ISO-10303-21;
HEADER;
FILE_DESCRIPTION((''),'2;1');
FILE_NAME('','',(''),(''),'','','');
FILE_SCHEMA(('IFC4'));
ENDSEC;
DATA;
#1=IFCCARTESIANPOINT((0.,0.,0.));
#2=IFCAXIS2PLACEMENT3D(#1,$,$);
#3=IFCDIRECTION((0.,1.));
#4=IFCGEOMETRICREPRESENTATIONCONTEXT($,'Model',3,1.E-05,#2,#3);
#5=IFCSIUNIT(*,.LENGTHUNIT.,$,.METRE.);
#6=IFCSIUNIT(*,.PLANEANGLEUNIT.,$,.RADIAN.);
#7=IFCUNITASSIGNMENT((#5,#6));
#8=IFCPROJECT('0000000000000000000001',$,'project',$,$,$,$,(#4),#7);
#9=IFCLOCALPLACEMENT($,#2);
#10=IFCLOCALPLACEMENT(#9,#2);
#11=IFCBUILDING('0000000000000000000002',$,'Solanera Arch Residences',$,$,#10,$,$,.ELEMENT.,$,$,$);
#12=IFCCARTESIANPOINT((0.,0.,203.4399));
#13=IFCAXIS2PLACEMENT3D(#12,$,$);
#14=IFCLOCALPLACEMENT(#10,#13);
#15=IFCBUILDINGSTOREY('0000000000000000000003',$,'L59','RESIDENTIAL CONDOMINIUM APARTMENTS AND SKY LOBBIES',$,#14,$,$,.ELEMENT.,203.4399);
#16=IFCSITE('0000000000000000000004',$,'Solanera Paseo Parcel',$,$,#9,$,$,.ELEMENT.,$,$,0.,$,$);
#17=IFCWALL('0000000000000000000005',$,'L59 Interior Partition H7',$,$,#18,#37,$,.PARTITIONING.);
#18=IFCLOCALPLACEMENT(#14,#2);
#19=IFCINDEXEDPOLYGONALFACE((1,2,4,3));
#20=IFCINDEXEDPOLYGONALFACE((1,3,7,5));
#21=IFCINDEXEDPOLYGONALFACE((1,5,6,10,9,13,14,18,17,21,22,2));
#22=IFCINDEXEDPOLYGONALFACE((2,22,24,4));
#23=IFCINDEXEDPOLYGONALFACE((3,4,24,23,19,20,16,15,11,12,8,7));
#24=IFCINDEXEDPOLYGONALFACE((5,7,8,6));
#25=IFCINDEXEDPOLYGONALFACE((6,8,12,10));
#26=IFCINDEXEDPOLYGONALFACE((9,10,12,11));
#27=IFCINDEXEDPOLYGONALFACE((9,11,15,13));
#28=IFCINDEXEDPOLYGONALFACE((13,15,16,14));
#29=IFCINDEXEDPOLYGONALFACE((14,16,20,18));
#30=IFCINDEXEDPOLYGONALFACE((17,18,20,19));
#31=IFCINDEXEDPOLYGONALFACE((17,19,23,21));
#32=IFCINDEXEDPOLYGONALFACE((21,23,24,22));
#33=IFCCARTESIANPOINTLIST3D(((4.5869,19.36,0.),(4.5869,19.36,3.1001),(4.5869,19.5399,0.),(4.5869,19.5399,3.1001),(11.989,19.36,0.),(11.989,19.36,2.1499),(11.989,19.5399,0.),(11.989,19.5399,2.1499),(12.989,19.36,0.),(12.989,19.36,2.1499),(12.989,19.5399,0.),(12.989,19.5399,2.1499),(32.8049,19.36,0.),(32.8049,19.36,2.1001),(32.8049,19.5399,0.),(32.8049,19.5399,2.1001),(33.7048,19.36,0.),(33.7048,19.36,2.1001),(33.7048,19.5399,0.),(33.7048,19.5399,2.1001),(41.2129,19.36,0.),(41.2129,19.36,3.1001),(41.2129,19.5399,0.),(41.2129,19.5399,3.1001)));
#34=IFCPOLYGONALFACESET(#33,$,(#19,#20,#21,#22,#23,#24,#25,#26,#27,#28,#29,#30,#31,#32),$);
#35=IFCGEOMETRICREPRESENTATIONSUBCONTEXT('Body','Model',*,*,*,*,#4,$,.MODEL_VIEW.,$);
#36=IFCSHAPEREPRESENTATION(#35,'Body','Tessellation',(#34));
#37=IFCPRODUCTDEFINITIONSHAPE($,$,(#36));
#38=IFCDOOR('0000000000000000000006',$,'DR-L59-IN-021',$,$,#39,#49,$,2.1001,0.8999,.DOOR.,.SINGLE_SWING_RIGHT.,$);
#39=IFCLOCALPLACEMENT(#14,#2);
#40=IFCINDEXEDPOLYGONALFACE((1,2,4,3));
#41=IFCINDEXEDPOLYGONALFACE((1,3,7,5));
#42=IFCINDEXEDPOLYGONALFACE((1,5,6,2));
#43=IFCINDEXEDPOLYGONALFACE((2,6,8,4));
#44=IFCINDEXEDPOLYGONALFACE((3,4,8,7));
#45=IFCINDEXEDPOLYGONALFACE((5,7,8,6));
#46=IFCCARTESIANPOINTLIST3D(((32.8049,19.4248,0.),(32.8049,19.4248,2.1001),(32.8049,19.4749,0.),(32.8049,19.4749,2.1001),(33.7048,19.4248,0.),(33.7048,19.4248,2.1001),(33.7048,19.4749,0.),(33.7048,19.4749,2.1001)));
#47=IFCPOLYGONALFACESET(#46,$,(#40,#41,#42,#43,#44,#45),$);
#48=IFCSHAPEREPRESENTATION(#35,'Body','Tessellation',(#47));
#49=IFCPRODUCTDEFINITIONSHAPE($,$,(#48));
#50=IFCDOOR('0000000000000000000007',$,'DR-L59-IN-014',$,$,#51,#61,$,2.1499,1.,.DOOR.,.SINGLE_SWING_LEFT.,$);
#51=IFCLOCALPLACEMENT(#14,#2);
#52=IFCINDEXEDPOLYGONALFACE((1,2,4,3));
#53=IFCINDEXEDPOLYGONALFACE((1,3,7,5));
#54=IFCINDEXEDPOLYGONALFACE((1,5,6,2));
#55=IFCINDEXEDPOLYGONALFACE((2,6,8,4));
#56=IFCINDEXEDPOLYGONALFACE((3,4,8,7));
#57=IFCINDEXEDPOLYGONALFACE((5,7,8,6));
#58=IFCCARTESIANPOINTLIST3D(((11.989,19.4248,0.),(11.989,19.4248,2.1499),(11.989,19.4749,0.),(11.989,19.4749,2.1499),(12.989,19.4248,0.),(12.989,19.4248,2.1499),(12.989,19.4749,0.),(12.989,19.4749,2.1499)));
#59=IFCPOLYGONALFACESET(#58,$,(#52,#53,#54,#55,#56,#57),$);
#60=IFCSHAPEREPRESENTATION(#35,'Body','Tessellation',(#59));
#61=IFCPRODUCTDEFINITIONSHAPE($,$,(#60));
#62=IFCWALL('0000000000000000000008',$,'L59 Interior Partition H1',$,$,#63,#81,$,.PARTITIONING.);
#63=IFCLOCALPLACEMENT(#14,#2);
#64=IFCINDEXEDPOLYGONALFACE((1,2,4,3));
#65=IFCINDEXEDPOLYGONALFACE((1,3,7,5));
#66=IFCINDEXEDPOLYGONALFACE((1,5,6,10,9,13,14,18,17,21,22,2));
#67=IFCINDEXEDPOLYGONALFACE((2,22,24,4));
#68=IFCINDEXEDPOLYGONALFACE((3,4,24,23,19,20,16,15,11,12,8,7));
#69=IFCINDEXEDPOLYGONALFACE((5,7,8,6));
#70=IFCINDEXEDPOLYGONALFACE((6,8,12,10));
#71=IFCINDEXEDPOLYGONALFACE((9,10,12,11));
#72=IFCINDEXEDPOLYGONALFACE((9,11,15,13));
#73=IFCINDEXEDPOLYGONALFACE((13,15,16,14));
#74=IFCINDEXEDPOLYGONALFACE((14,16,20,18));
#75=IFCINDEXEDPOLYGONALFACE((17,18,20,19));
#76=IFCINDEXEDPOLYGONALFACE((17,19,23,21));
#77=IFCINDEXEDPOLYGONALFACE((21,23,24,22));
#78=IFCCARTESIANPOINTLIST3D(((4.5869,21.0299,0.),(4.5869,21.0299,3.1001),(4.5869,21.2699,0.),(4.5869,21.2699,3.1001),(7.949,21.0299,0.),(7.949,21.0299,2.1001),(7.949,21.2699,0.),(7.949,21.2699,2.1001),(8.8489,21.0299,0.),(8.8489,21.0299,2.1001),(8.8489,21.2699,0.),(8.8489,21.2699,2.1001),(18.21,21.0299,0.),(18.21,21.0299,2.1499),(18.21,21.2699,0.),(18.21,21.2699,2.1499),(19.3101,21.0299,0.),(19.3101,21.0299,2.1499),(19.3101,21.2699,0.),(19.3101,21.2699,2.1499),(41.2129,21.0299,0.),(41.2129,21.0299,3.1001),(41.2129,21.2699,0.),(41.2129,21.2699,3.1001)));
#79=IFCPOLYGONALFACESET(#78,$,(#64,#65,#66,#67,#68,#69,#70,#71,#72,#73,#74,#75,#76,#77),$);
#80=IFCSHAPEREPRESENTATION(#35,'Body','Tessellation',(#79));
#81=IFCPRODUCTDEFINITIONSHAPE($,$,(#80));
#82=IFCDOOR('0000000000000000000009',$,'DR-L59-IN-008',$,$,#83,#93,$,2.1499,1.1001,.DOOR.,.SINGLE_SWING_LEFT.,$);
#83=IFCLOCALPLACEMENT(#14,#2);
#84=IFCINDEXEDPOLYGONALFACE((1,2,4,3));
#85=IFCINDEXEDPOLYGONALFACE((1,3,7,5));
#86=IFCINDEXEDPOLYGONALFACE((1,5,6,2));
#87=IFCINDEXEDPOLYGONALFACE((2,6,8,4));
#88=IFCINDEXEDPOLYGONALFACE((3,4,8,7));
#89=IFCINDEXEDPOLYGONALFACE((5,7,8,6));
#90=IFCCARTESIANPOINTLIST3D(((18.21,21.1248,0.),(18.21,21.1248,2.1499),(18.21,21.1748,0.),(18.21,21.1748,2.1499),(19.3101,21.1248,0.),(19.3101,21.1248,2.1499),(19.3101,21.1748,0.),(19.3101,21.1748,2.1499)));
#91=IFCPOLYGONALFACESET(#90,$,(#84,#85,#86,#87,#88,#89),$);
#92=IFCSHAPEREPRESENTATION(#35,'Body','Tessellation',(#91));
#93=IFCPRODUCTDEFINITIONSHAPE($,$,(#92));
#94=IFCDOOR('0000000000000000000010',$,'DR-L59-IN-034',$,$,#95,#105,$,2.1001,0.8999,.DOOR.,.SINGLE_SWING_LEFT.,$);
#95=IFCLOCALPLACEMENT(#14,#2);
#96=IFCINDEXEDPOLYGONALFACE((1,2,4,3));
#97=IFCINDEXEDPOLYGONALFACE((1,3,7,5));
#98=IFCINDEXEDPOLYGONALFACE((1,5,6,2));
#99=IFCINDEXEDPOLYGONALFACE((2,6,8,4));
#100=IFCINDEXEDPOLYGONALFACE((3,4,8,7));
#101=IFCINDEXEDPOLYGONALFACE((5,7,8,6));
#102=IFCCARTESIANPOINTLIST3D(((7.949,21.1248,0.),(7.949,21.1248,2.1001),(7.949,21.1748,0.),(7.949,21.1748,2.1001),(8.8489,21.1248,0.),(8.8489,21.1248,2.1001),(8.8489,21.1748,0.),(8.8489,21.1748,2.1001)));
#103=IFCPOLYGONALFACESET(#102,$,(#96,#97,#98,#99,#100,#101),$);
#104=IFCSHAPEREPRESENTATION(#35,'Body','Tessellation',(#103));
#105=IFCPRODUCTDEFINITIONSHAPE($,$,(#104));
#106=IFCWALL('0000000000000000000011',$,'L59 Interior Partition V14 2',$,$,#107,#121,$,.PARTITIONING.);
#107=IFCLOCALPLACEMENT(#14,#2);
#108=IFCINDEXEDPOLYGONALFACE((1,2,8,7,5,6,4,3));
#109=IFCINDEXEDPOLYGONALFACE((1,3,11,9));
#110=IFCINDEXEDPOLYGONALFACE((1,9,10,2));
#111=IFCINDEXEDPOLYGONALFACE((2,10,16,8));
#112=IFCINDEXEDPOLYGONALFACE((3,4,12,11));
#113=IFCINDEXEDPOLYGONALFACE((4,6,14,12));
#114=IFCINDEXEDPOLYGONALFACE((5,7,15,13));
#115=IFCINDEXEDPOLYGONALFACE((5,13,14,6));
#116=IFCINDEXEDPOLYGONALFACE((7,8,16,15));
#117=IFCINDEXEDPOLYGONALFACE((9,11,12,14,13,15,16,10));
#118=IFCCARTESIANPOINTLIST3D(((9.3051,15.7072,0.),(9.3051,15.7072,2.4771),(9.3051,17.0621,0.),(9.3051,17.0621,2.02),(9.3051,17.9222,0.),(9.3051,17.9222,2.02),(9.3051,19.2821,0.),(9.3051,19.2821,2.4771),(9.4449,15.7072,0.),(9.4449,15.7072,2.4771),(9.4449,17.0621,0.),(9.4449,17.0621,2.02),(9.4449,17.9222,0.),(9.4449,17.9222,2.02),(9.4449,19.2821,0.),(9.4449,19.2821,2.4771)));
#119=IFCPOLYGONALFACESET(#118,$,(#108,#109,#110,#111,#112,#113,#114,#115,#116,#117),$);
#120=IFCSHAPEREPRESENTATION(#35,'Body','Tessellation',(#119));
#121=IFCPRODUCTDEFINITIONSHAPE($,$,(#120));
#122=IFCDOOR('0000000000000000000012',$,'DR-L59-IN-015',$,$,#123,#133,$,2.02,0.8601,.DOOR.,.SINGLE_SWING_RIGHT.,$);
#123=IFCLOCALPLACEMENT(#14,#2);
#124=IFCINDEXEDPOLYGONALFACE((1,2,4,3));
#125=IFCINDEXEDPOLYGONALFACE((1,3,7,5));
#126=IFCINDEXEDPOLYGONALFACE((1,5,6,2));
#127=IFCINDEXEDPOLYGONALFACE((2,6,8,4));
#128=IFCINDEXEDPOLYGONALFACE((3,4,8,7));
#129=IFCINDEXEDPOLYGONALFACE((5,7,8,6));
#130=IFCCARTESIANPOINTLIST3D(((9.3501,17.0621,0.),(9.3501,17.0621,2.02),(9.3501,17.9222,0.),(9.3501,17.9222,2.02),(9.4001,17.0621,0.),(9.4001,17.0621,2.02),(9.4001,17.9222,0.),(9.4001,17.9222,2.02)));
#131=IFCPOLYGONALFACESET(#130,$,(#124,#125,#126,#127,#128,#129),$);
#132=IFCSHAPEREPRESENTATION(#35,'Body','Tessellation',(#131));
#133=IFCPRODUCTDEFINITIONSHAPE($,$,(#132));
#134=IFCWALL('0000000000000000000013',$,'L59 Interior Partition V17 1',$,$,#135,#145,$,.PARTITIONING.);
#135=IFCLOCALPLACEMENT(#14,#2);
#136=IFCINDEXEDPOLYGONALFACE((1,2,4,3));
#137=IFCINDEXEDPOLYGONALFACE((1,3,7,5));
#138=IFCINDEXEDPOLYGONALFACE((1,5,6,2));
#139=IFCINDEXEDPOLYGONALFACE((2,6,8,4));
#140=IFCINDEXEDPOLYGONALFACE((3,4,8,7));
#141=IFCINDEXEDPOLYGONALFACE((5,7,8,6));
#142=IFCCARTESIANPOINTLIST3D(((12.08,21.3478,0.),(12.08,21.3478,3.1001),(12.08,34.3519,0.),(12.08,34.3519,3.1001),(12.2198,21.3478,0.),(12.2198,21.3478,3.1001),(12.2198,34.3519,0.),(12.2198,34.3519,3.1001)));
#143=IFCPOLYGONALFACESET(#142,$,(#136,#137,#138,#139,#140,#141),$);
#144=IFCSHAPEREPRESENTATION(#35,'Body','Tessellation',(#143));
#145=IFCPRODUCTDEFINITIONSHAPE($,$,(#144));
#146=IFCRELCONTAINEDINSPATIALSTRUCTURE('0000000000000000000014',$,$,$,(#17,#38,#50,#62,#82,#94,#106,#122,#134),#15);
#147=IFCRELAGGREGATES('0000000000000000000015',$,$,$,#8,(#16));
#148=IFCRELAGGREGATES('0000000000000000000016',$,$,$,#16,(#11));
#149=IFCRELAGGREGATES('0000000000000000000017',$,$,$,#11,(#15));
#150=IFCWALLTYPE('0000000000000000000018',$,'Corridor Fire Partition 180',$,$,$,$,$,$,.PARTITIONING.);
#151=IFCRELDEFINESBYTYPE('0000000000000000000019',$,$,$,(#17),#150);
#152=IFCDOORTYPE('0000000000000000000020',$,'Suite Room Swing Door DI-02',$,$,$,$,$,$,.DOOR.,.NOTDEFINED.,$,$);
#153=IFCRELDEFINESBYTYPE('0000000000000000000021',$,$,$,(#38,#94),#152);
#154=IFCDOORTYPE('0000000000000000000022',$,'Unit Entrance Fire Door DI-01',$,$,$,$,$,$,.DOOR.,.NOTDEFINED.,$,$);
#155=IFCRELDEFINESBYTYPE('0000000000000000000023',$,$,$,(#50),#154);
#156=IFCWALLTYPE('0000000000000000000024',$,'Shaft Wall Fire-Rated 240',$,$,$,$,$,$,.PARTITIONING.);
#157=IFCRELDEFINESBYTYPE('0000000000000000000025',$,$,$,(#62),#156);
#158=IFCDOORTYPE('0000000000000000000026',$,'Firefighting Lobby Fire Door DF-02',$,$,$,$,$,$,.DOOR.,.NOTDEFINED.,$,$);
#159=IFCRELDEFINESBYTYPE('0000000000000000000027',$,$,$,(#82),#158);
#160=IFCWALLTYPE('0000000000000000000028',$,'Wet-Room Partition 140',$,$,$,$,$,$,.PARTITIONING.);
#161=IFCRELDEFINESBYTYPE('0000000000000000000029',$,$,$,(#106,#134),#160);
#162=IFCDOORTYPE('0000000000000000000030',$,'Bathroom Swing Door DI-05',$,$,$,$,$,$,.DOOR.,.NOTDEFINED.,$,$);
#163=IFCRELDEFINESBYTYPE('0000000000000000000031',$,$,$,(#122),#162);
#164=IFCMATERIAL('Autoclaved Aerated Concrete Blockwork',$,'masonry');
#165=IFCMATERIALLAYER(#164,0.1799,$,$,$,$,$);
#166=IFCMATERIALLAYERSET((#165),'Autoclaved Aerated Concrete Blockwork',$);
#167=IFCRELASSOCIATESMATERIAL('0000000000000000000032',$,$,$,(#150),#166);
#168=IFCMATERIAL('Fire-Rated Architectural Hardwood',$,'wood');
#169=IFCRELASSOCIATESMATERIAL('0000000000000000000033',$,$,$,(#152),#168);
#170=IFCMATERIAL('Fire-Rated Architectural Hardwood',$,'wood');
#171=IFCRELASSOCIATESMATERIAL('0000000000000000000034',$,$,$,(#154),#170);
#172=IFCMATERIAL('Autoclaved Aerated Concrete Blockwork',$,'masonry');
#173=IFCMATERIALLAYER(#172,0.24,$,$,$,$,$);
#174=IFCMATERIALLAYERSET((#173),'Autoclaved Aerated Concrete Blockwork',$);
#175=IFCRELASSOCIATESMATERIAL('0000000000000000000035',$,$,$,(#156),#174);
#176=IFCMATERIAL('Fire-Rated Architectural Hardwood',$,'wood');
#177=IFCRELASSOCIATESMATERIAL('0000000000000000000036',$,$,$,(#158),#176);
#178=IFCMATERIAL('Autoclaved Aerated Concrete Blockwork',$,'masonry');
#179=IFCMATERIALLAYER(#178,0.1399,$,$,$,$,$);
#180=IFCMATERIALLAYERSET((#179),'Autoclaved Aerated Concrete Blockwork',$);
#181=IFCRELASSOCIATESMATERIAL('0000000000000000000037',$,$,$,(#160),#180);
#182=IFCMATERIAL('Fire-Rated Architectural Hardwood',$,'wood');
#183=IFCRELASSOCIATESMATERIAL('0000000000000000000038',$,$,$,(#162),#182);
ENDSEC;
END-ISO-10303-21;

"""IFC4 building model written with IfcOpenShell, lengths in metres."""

from ifc_helpers import new_model, si_unit, direction, frame, frame_2d, origin, place, context, subcontext, project, spatial, rectangle, extrude, material, layer, layer_set, type_object, element, fill, save


model = new_model("IFC4")

# Units and contexts
model_context = context("Model", 3, precision=1e-05, world=origin(), true_north=direction((0.0, 1.0)))
body_context = subcontext(model_context, "Body", "Model", "MODEL_VIEW")
ifc_project = project(units=[si_unit("LENGTHUNIT", "METRE"), si_unit("PLANEANGLEUNIT", "RADIAN")], contexts=[model_context])

# Site, building, storey
site_placement = place(None, origin())
site = spatial("IfcSite", under=ifc_project, at=site_placement, Name="Solanera Paseo Parcel", CompositionType="ELEMENT", RefElevation=0.0)
building_placement = place(site_placement, origin())
building = spatial("IfcBuilding", under=site, at=building_placement, Name="Solanera Arch Residences", CompositionType="ELEMENT")
storey_placement = place(building_placement, frame((0.0, 0.0, 203.4399)))
storey = spatial("IfcBuildingStorey", under=building, at=storey_placement, Name="L59", Description="RESIDENTIAL CONDOMINIUM APARTMENTS AND SKY LOBBIES", CompositionType="ELEMENT", Elevation=203.4399)

# Walls, openings, doors
ifc_material_1 = material(Name="Autoclaved Aerated Concrete Blockwork", Category="masonry")
ifc_layer_1 = layer(ifc_material_1, 0.1799)
ifc_layer_set_1 = layer_set([ifc_layer_1], Name="Autoclaved Aerated Concrete Blockwork")
wall_type_1 = type_object("IfcWallType", Name="Corridor Fire Partition 180", PredefinedType="PARTITIONING", material=ifc_layer_set_1)
wall_1_placement = place(storey_placement, frame((4.5869, 19.45, 0.0), z_axis=(0.0, 0.0, 1.0), x_axis=(1.0, 0.0, 0.0)))
wall_1 = element("IfcWall", 1, at=wall_1_placement, inside=storey, type_object=wall_type_1, Name="L59 Interior Partition H7", PredefinedType="PARTITIONING", context=body_context, shape_type="SweptSolid", body=[
    extrude(rectangle(XDim=36.626, YDim=0.1799, at=frame_2d((18.313, 0.0))), origin(), (0.0, 0.0, 1.0), 3.1001),
])
opening_1_placement = place(wall_1_placement, frame((7.4021, 0.0, 0.0)))
opening_1 = element("IfcOpeningElement", 2, at=opening_1_placement, cuts=wall_1, PredefinedType="OPENING", context=body_context, shape_type="SweptSolid", body=[
    extrude(rectangle(XDim=1.0, YDim=2.1499, at=frame_2d((0.5, 1.075))), frame((0.0, 0.1001, 0.0), z_axis=(0.0, -1.0, 0.0), x_axis=(1.0, 0.0, 0.0)), (0.0, 0.0, 1.0), 0.1999),
])
opening_2_placement = place(wall_1_placement, frame((28.218, 0.0, 0.0)))
opening_2 = element("IfcOpeningElement", 3, at=opening_2_placement, cuts=wall_1, PredefinedType="OPENING", context=body_context, shape_type="SweptSolid", body=[
    extrude(rectangle(XDim=0.8999, YDim=2.1001, at=frame_2d((0.45, 1.05))), frame((0.0, 0.1001, 0.0), z_axis=(0.0, -1.0, 0.0), x_axis=(1.0, 0.0, 0.0)), (0.0, 0.0, 1.0), 0.1999),
])
ifc_material_2 = material(Name="Fire-Rated Architectural Hardwood", Category="wood")
door_type_1 = type_object("IfcDoorType", Name="Suite Room Swing Door DI-02", OperationType="NOTDEFINED", PredefinedType="DOOR", material=ifc_material_2)
door_1_placement = place(opening_2_placement, origin())
door_1 = element("IfcDoor", 4, at=door_1_placement, inside=storey, type_object=door_type_1, Name="DR-L59-IN-021", OperationType="SINGLE_SWING_RIGHT", OverallHeight=2.1001, OverallWidth=0.8999, PredefinedType="DOOR", context=body_context, shape_type="SweptSolid", body=[
    extrude(rectangle(XDim=0.8999, YDim=2.1001, at=frame_2d((0.45, 1.05))), frame((0.0, 0.0249, 0.0), z_axis=(0.0, -1.0, 0.0), x_axis=(1.0, 0.0, 0.0)), (0.0, 0.0, 1.0), 0.05),
])
fill(opening_2, door_1)
ifc_material_3 = material(Name="Fire-Rated Architectural Hardwood", Category="wood")
door_type_2 = type_object("IfcDoorType", Name="Unit Entrance Fire Door DI-01", OperationType="NOTDEFINED", PredefinedType="DOOR", material=ifc_material_3)
door_2_placement = place(opening_1_placement, origin())
door_2 = element("IfcDoor", 5, at=door_2_placement, inside=storey, type_object=door_type_2, Name="DR-L59-IN-014", OperationType="SINGLE_SWING_LEFT", OverallHeight=2.1499, OverallWidth=1.0, PredefinedType="DOOR", context=body_context, shape_type="SweptSolid", body=[
    extrude(rectangle(XDim=1.0, YDim=2.1499, at=frame_2d((0.5, 1.075))), frame((0.0, 0.0249, 0.0), z_axis=(0.0, -1.0, 0.0), x_axis=(1.0, 0.0, 0.0)), (0.0, 0.0, 1.0), 0.05),
])
fill(opening_1, door_2)
ifc_material_4 = material(Name="Autoclaved Aerated Concrete Blockwork", Category="masonry")
ifc_layer_2 = layer(ifc_material_4, 0.24)
ifc_layer_set_2 = layer_set([ifc_layer_2], Name="Autoclaved Aerated Concrete Blockwork")
wall_type_2 = type_object("IfcWallType", Name="Shaft Wall Fire-Rated 240", PredefinedType="PARTITIONING", material=ifc_layer_set_2)
wall_2_placement = place(storey_placement, frame((4.5869, 21.1499, 0.0), z_axis=(0.0, 0.0, 1.0), x_axis=(1.0, 0.0, 0.0)))
wall_2 = element("IfcWall", 6, at=wall_2_placement, inside=storey, type_object=wall_type_2, Name="L59 Interior Partition H1", PredefinedType="PARTITIONING", context=body_context, shape_type="SweptSolid", body=[
    extrude(rectangle(XDim=36.626, YDim=0.24, at=frame_2d((18.313, 0.0))), origin(), (0.0, 0.0, 1.0), 3.1001),
])
opening_3_placement = place(wall_2_placement, frame((13.623, 0.0, 0.0)))
opening_3 = element("IfcOpeningElement", 7, at=opening_3_placement, cuts=wall_2, PredefinedType="OPENING", context=body_context, shape_type="SweptSolid", body=[
    extrude(rectangle(XDim=1.1001, YDim=2.1499, at=frame_2d((0.55, 1.075))), frame((0.0, 0.1299, 0.0), z_axis=(0.0, -1.0, 0.0), x_axis=(1.0, 0.0, 0.0)), (0.0, 0.0, 1.0), 0.26),
])
opening_4_placement = place(wall_2_placement, frame((3.3621, 0.0, 0.0)))
opening_4 = element("IfcOpeningElement", 8, at=opening_4_placement, cuts=wall_2, PredefinedType="OPENING", context=body_context, shape_type="SweptSolid", body=[
    extrude(rectangle(XDim=0.8999, YDim=2.1001, at=frame_2d((0.45, 1.05))), frame((0.0, 0.1299, 0.0), z_axis=(0.0, -1.0, 0.0), x_axis=(1.0, 0.0, 0.0)), (0.0, 0.0, 1.0), 0.26),
])
ifc_material_5 = material(Name="Fire-Rated Architectural Hardwood", Category="wood")
door_type_3 = type_object("IfcDoorType", Name="Firefighting Lobby Fire Door DF-02", OperationType="NOTDEFINED", PredefinedType="DOOR", material=ifc_material_5)
door_3_placement = place(opening_3_placement, origin())
door_3 = element("IfcDoor", 9, at=door_3_placement, inside=storey, type_object=door_type_3, Name="DR-L59-IN-008", OperationType="SINGLE_SWING_LEFT", OverallHeight=2.1499, OverallWidth=1.1001, PredefinedType="DOOR", context=body_context, shape_type="SweptSolid", body=[
    extrude(rectangle(XDim=1.1001, YDim=2.1499, at=frame_2d((0.55, 1.075))), frame((0.0, 0.0249, 0.0), z_axis=(0.0, -1.0, 0.0), x_axis=(1.0, 0.0, 0.0)), (0.0, 0.0, 1.0), 0.05),
])
fill(opening_3, door_3)
door_4_placement = place(opening_4_placement, origin())
door_4 = element("IfcDoor", 10, at=door_4_placement, inside=storey, type_object=door_type_1, Name="DR-L59-IN-034", OperationType="SINGLE_SWING_LEFT", OverallHeight=2.1001, OverallWidth=0.8999, PredefinedType="DOOR", context=body_context, shape_type="SweptSolid", body=[
    extrude(rectangle(XDim=0.8999, YDim=2.1001, at=frame_2d((0.45, 1.05))), frame((0.0, 0.0249, 0.0), z_axis=(0.0, -1.0, 0.0), x_axis=(1.0, 0.0, 0.0)), (0.0, 0.0, 1.0), 0.05),
])
fill(opening_4, door_4)

# Wall, opening, door
ifc_material_6 = material(Name="Autoclaved Aerated Concrete Blockwork", Category="masonry")
ifc_layer_3 = layer(ifc_material_6, 0.1399)
ifc_layer_set_3 = layer_set([ifc_layer_3], Name="Autoclaved Aerated Concrete Blockwork")
wall_type_3 = type_object("IfcWallType", Name="Wet-Room Partition 140", PredefinedType="PARTITIONING", material=ifc_layer_set_3)
wall_3_placement = place(storey_placement, frame((9.375, 15.707, 0.0), z_axis=(0.0, 0.0, 1.0), x_axis=(0.0, 1.0, 0.0)))
wall_3 = element("IfcWall", 11, at=wall_3_placement, inside=storey, type_object=wall_type_3, Name="L59 Interior Partition V14 2", PredefinedType="PARTITIONING", context=body_context, shape_type="SweptSolid", body=[
    extrude(rectangle(XDim=3.575, YDim=0.1399, at=frame_2d((1.7876, 0.0))), origin(), (0.0, 0.0, 1.0), 2.4771),
])
opening_5_placement = place(wall_3_placement, frame((1.355, 0.0, 0.0)))
opening_5 = element("IfcOpeningElement", 12, at=opening_5_placement, cuts=wall_3, PredefinedType="OPENING", context=body_context, shape_type="SweptSolid", body=[
    extrude(rectangle(XDim=0.8601, YDim=2.02, at=frame_2d((0.4302, 1.01))), frame((0.0, 0.0798, 0.0), z_axis=(0.0, -1.0, 0.0), x_axis=(1.0, 0.0, 0.0)), (0.0, 0.0, 1.0), 0.1599),
])
ifc_material_7 = material(Name="Fire-Rated Architectural Hardwood", Category="wood")
door_type_4 = type_object("IfcDoorType", Name="Bathroom Swing Door DI-05", OperationType="NOTDEFINED", PredefinedType="DOOR", material=ifc_material_7)
door_5_placement = place(opening_5_placement, origin())
door_5 = element("IfcDoor", 13, at=door_5_placement, inside=storey, type_object=door_type_4, Name="DR-L59-IN-015", OperationType="SINGLE_SWING_RIGHT", OverallHeight=2.02, OverallWidth=0.8601, PredefinedType="DOOR", context=body_context, shape_type="SweptSolid", body=[
    extrude(rectangle(XDim=0.8601, YDim=2.02, at=frame_2d((0.4302, 1.01))), frame((0.0, 0.0249, 0.0), z_axis=(0.0, -1.0, 0.0), x_axis=(1.0, 0.0, 0.0)), (0.0, 0.0, 1.0), 0.05),
])
fill(opening_5, door_5)

# Wall
wall_4_placement = place(storey_placement, frame((12.1499, 21.3479, 0.0), z_axis=(0.0, 0.0, 1.0), x_axis=(0.0, 1.0, 0.0)))
element("IfcWall", 14, at=wall_4_placement, inside=storey, type_object=wall_type_3, Name="L59 Interior Partition V17 1", PredefinedType="PARTITIONING", context=body_context, shape_type="SweptSolid", body=[
    extrude(rectangle(XDim=13.0042, YDim=0.1399, at=frame_2d((6.502, 0.0))), origin(), (0.0, 0.0, 1.0), 3.1001),
])

save(model, "model.ifc")
